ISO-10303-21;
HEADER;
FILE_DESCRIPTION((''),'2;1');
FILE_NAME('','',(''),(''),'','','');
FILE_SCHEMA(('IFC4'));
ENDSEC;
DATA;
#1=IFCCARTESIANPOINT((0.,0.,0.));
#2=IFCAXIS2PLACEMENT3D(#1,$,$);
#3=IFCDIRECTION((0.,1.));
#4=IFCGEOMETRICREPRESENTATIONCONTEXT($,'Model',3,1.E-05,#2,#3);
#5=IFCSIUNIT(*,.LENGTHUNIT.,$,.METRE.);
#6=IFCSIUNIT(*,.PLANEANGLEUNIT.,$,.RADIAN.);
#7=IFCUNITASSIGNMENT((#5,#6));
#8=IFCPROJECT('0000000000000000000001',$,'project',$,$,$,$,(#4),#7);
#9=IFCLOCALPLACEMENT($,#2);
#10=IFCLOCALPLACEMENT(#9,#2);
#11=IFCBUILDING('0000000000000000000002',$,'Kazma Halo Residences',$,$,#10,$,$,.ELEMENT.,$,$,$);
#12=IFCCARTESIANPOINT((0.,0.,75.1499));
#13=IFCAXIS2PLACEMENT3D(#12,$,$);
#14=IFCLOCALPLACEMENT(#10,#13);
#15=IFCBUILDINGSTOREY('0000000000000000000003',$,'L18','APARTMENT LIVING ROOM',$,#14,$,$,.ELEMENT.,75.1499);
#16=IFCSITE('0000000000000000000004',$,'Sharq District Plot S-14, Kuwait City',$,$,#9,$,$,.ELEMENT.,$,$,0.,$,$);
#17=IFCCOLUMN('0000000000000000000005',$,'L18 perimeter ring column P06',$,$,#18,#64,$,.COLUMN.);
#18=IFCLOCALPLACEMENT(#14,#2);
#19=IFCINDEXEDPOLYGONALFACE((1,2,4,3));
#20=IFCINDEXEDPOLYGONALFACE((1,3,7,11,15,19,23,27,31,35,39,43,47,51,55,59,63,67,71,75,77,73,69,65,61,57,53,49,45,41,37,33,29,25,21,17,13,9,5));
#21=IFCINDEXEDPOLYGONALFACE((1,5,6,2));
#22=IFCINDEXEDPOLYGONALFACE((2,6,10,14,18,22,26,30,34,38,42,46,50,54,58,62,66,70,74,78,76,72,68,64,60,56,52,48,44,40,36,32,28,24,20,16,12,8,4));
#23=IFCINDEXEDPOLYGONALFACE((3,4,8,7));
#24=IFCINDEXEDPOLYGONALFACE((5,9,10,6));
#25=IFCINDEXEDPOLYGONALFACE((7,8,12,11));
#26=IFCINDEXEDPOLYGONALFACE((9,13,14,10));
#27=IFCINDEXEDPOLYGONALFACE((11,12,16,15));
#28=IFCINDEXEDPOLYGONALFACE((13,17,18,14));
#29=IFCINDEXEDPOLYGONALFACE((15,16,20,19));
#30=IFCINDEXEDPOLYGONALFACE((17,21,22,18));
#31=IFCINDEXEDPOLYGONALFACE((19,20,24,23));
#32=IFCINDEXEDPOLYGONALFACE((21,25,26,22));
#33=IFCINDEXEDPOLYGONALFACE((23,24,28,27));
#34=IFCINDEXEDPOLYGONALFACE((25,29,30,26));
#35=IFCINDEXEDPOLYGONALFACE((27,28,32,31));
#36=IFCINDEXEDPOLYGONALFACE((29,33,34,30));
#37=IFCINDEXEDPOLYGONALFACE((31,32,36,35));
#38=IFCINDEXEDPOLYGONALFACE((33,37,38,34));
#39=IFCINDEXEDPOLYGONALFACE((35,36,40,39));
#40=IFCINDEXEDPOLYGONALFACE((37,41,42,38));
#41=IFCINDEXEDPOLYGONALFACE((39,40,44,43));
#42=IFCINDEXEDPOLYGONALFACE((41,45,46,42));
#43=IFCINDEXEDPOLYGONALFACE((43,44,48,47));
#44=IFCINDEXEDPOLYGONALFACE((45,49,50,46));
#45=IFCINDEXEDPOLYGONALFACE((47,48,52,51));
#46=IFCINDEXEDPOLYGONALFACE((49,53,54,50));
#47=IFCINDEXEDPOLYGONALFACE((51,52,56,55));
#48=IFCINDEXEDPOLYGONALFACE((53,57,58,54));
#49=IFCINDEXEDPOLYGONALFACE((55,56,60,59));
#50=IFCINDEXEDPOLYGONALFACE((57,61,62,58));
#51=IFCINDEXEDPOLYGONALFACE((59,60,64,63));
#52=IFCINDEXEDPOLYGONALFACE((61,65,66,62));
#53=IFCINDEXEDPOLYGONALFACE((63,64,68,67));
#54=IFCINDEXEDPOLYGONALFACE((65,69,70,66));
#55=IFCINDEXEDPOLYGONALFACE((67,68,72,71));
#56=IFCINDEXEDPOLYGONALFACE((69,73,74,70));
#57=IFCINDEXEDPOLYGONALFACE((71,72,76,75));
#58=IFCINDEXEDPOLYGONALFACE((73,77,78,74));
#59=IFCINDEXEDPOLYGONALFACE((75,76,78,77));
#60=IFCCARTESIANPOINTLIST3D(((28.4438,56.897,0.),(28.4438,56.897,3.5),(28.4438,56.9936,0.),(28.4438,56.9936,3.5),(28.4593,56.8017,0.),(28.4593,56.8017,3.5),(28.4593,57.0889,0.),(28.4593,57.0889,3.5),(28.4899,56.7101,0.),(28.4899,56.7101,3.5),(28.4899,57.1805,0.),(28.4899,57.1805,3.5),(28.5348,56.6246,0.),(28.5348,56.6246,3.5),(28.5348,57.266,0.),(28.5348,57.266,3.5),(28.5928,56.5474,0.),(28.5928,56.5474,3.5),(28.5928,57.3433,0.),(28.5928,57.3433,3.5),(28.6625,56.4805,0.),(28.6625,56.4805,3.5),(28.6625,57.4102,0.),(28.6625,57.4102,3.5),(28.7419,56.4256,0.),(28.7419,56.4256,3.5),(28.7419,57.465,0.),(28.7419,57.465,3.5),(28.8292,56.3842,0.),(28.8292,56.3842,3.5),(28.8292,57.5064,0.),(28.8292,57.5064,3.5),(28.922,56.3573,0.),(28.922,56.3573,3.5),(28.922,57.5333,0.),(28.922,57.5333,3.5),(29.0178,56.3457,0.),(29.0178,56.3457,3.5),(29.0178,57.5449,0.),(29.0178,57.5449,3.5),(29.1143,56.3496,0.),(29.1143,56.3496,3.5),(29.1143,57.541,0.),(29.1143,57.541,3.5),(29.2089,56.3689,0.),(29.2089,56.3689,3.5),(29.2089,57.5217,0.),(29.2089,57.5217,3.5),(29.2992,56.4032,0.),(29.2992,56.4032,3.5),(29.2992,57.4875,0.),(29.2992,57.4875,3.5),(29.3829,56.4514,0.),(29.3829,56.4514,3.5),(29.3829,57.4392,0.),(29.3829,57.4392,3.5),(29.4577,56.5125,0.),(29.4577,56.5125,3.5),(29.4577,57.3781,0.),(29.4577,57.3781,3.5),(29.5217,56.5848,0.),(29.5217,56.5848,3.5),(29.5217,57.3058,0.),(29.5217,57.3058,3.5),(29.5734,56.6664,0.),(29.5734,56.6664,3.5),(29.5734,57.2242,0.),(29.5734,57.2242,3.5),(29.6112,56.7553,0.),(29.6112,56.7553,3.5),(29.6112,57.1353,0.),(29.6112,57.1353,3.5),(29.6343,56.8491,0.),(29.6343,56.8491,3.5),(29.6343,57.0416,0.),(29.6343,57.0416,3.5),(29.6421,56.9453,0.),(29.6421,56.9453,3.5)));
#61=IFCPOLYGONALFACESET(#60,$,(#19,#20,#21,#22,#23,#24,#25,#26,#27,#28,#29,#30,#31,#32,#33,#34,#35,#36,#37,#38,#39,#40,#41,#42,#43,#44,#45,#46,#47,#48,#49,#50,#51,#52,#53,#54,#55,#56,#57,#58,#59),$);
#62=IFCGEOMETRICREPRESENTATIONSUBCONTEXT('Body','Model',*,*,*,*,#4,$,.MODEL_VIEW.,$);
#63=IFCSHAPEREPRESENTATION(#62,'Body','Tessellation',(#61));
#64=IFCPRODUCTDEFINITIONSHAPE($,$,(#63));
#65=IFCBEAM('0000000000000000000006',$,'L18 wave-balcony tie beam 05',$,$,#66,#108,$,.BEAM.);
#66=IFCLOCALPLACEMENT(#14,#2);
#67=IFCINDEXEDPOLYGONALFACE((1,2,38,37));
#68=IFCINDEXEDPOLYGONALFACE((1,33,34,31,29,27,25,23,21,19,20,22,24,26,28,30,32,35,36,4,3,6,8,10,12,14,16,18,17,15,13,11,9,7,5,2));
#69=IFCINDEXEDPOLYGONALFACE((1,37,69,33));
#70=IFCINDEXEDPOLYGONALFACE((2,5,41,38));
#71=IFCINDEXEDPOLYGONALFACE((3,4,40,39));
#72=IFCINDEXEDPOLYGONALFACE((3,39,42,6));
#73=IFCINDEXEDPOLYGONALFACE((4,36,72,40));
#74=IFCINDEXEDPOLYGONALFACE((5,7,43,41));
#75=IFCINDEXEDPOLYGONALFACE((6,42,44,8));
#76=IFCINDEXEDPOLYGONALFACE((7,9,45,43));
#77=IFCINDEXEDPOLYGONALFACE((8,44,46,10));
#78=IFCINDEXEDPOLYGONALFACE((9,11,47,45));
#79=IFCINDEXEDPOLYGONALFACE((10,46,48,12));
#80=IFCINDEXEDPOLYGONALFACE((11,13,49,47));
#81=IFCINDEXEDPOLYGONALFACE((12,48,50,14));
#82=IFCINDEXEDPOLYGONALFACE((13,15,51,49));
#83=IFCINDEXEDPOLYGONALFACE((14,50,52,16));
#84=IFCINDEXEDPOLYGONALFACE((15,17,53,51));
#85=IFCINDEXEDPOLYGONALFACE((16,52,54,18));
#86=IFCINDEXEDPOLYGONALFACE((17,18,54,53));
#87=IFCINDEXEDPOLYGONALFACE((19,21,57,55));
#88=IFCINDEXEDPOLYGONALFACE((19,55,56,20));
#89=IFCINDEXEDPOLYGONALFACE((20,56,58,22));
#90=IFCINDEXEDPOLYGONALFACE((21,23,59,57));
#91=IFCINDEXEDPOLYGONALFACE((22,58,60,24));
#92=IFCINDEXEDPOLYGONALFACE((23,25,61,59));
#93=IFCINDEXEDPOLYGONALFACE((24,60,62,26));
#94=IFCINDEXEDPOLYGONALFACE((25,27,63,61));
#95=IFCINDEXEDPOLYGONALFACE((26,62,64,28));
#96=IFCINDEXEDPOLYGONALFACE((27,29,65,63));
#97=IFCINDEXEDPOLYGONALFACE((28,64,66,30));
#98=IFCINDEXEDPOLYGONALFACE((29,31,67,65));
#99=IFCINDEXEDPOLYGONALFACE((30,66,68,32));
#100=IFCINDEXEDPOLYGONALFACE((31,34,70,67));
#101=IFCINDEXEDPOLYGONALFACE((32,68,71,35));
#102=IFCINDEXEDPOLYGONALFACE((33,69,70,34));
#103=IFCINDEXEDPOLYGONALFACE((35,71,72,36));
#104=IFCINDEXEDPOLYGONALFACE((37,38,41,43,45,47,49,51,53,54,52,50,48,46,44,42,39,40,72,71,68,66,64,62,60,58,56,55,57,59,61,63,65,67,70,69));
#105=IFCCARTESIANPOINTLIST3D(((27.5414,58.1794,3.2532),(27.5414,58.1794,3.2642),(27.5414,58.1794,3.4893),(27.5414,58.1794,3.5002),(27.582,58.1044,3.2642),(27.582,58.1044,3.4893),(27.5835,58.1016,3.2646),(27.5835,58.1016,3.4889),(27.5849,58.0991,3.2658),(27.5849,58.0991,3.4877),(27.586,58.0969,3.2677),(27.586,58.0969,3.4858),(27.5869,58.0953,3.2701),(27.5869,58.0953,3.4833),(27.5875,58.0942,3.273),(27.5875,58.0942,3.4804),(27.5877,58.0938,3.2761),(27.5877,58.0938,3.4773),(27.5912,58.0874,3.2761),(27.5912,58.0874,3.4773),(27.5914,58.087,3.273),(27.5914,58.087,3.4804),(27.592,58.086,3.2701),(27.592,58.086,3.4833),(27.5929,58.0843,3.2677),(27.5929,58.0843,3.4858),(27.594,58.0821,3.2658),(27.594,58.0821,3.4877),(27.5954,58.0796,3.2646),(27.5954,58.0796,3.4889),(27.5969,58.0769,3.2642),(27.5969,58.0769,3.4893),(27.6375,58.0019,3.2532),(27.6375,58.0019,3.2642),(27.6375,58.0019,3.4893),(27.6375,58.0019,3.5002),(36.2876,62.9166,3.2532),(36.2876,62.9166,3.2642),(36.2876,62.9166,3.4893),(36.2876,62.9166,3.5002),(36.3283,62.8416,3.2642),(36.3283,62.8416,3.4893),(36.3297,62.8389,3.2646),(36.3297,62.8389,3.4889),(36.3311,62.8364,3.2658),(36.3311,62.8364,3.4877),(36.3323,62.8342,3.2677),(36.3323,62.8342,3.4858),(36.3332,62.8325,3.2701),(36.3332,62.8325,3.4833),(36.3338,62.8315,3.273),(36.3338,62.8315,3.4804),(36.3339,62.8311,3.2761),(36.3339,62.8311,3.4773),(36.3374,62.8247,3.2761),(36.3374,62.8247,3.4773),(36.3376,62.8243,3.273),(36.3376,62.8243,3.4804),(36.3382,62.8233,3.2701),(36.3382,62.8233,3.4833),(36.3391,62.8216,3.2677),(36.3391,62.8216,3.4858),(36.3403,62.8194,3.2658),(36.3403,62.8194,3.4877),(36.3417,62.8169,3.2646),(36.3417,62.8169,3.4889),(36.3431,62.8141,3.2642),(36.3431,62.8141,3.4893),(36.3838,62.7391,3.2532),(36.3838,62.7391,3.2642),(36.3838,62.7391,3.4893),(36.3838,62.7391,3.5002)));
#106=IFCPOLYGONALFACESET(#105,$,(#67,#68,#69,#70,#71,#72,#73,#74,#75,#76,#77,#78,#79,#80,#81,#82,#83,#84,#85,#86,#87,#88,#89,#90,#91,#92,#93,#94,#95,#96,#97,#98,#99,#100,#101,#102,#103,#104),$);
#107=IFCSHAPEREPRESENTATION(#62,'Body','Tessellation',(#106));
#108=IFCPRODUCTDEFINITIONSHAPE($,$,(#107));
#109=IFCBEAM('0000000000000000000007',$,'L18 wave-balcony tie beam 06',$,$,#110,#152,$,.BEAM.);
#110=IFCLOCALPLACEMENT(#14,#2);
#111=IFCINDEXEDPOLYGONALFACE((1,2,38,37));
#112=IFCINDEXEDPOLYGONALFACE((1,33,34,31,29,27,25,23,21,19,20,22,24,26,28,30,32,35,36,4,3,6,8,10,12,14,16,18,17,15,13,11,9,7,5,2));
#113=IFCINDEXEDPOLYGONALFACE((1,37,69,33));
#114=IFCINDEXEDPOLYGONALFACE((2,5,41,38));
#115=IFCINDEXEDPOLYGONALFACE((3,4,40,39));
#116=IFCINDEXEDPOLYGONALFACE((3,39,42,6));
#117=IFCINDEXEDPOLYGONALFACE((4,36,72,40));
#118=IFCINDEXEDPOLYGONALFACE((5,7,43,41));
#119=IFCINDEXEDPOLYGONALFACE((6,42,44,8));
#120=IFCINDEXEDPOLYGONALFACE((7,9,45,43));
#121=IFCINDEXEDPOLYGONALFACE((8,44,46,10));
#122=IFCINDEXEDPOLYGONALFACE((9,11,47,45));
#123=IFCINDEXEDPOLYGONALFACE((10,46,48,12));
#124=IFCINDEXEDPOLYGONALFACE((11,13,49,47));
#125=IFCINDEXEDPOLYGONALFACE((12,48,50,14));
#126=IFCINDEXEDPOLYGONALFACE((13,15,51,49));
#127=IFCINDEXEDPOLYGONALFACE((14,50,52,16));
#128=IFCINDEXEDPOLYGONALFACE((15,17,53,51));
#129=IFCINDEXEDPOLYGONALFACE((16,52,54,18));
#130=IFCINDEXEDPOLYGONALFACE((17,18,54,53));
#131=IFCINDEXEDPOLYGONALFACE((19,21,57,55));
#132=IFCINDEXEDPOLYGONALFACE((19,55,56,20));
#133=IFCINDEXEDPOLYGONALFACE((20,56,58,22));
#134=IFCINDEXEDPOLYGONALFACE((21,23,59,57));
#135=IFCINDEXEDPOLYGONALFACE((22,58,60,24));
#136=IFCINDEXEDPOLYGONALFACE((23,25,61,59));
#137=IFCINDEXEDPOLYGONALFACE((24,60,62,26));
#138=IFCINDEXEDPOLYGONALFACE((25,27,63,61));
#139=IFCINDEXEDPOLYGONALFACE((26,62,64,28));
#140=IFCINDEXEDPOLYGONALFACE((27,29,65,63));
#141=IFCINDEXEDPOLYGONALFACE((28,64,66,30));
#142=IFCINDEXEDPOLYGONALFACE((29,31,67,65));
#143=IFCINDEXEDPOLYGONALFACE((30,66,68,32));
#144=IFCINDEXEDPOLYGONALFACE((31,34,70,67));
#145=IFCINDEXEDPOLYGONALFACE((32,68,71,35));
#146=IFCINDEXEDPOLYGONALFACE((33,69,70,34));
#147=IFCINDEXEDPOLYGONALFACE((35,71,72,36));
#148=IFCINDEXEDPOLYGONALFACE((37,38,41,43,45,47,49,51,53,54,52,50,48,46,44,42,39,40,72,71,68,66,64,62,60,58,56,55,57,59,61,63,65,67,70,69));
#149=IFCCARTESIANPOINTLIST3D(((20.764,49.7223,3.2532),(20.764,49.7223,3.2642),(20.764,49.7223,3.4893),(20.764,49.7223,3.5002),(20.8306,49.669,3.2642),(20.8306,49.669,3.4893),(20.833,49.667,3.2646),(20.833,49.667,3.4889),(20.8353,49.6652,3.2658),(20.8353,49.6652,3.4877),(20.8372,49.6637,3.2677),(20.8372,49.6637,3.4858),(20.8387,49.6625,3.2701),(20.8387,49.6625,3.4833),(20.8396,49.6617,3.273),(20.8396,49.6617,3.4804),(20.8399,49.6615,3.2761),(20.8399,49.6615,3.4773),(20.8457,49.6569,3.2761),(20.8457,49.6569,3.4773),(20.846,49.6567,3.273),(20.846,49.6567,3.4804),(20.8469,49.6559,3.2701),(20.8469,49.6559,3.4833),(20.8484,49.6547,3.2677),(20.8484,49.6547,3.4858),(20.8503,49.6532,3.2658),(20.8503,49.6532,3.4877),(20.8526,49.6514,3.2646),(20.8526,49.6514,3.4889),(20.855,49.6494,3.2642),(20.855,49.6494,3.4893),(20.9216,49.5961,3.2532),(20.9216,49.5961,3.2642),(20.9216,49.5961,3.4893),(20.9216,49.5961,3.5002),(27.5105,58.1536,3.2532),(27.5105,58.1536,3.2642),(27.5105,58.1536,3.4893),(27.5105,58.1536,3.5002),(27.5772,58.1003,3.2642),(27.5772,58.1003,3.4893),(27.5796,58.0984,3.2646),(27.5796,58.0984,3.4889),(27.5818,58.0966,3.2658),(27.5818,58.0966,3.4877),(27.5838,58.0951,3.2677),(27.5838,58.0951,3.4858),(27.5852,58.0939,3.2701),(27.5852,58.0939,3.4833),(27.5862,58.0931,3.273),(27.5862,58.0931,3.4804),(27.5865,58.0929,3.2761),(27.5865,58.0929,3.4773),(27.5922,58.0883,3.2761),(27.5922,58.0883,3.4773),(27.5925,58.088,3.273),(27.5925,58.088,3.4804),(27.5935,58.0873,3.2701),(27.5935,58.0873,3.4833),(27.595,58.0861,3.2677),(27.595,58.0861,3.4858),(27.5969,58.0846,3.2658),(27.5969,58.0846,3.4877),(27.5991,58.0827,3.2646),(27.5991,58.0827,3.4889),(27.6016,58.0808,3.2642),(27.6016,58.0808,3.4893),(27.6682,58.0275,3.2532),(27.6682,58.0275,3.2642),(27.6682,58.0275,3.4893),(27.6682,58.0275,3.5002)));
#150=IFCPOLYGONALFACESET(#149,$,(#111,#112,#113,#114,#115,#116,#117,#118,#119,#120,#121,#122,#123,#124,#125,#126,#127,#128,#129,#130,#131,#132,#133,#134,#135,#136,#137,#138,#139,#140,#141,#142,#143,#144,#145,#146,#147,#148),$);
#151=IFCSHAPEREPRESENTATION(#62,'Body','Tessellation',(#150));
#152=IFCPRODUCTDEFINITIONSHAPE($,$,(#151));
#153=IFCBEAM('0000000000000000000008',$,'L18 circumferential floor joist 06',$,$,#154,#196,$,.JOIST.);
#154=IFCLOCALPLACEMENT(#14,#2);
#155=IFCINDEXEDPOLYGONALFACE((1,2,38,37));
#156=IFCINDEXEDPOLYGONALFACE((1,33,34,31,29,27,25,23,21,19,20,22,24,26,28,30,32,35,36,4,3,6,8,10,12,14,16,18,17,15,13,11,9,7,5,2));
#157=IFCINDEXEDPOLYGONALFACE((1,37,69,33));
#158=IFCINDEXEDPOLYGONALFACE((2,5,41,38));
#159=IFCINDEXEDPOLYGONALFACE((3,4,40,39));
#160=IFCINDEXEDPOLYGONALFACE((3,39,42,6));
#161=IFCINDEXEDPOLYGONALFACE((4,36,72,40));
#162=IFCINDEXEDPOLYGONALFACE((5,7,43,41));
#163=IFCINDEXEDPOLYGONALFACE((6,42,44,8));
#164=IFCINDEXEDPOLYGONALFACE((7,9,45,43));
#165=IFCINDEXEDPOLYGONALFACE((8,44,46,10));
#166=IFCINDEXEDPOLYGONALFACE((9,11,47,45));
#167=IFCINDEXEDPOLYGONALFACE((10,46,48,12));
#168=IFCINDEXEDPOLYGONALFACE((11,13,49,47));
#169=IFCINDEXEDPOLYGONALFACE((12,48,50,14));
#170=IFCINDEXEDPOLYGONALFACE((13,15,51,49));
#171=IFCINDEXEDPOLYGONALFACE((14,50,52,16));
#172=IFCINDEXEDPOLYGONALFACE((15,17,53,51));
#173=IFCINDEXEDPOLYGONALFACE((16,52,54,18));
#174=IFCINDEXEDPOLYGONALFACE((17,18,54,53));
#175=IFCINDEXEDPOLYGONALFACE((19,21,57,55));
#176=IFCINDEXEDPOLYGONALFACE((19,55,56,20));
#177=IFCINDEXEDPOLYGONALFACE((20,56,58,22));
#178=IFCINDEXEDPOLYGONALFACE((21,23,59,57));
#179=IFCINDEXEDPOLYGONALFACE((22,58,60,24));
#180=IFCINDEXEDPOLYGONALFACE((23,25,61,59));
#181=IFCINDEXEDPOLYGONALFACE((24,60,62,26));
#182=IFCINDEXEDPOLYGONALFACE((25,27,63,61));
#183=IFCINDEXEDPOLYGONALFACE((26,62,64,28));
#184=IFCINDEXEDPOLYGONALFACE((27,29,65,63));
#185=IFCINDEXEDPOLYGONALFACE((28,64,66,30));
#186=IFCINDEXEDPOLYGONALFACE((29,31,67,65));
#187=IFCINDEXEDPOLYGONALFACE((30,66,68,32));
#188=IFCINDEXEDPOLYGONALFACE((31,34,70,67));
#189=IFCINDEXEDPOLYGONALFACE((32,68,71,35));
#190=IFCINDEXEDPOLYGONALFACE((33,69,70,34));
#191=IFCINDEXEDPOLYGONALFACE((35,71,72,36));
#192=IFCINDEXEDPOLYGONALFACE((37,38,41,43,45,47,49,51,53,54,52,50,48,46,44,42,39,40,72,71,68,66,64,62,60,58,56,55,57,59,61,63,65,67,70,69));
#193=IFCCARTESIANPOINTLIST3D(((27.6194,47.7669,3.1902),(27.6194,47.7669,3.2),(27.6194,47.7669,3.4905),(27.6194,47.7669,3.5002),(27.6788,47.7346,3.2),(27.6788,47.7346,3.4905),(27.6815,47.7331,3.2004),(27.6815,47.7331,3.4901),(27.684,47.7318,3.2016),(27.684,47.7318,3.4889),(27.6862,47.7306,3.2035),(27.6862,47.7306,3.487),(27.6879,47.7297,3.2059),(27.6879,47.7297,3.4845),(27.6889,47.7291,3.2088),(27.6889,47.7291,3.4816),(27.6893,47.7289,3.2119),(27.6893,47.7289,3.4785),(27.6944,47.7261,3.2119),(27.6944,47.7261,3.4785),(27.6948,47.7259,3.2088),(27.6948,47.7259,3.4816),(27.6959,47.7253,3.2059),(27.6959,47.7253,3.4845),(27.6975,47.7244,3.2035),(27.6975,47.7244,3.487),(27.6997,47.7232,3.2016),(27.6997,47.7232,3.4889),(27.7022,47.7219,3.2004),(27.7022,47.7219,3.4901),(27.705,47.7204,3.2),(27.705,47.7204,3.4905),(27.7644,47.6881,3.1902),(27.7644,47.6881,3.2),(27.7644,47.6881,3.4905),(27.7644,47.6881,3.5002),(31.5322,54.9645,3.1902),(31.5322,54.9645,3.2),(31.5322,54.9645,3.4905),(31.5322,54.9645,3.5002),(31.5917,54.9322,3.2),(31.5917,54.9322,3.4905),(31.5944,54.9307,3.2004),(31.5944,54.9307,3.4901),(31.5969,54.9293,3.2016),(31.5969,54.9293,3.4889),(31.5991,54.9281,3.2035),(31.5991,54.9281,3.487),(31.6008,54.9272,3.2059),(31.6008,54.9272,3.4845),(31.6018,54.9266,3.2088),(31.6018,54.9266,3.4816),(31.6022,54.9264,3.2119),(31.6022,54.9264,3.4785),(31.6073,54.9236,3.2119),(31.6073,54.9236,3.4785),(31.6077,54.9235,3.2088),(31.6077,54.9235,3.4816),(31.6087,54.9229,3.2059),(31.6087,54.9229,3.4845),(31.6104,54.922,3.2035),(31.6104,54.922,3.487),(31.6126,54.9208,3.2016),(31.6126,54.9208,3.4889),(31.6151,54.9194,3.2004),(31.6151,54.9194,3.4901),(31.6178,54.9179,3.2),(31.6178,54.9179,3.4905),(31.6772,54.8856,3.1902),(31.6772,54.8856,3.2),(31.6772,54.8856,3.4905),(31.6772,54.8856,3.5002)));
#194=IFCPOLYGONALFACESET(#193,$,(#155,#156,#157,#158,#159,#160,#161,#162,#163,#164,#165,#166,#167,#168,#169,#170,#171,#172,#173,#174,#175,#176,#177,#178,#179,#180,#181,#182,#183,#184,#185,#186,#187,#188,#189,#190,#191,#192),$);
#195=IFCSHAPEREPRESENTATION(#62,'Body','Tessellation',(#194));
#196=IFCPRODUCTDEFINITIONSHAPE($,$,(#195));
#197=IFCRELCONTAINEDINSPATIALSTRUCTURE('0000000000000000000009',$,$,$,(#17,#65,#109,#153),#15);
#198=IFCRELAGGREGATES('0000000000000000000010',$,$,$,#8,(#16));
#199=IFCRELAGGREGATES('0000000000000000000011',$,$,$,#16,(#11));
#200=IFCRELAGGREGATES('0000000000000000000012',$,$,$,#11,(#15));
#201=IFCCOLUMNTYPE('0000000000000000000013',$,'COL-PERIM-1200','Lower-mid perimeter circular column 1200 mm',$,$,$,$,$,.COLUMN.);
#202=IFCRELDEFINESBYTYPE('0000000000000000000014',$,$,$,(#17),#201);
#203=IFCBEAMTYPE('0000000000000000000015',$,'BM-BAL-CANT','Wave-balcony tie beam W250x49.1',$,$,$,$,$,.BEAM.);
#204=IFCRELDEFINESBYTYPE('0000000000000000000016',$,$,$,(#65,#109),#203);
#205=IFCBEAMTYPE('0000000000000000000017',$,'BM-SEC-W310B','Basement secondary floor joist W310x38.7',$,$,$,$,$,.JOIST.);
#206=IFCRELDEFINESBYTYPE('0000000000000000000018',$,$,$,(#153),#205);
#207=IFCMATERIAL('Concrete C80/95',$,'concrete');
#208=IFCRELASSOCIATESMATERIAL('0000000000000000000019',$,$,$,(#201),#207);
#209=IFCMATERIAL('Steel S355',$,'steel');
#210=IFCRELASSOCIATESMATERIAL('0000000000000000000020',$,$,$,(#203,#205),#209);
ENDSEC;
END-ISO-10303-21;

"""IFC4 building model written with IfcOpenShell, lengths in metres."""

from ifc_helpers import new_model, si_unit, direction, frame, origin, origin_2d, place, context, subcontext, project, spatial, circle, i_section, extrude, material, material_profile, profile_set, type_object, element, save


model = new_model("IFC4")

# Units and contexts
model_context = context("Model", 3, precision=1e-05, world=origin(), true_north=direction((0.0, 1.0)))
body_context = subcontext(model_context, "Body", "Model", "MODEL_VIEW")
ifc_project = project(units=[si_unit("LENGTHUNIT", "METRE"), si_unit("PLANEANGLEUNIT", "RADIAN")], contexts=[model_context])

# Site, building, storey
site_placement = place(None, origin())
site = spatial("IfcSite", under=ifc_project, at=site_placement, Name="Sharq District Plot S-14, Kuwait City", CompositionType="ELEMENT", RefElevation=0.0)
building_placement = place(site_placement, origin())
building = spatial("IfcBuilding", under=site, at=building_placement, Name="Kazma Halo Residences", CompositionType="ELEMENT")
storey_placement = place(building_placement, frame((0.0, 0.0, 75.1499)))
storey = spatial("IfcBuildingStorey", under=building, at=storey_placement, Name="L18", Description="APARTMENT LIVING ROOM", CompositionType="ELEMENT", Elevation=75.1499)

# Column
ifc_material_1 = material(Name="Concrete C80/95", Category="concrete")
ifc_material_profile_1 = material_profile(ifc_material_1, circle(Radius=0.6001, at=origin_2d()), Name="CIRC1200")
ifc_profile_set_1 = profile_set([ifc_material_profile_1], Name="Concrete C80/95")
column_type = type_object("IfcColumnType", Name="COL-PERIM-1200", Description="Lower-mid perimeter circular column 1200 mm", PredefinedType="COLUMN", material=ifc_profile_set_1)
column_placement = place(storey_placement, frame((29.042, 56.9453, 0.0), z_axis=(0.0, 0.0, 1.0), x_axis=(1.0, 0.0, 0.0)))
element("IfcColumn", 1, at=column_placement, inside=storey, type_object=column_type, Name="L18 perimeter ring column P06", PredefinedType="COLUMN", context=body_context, shape_type="SweptSolid", body=[
    extrude(circle(Radius=0.6001, at=origin_2d()), origin(), (0.0, 0.0, 1.0), 3.5),
])

# Beams
ifc_material_2 = material(Name="Steel S355", Category="steel")
ifc_material_profile_2 = material_profile(ifc_material_2, i_section(OverallWidth=0.2019, OverallDepth=0.2471, WebThickness=0.0073, FlangeThickness=0.011, FilletRadius=0.012, at=origin_2d()), Name="W250x49.1")
ifc_profile_set_2 = profile_set([ifc_material_profile_2], Name="Steel S355")
beam_type_1 = type_object("IfcBeamType", Name="BM-BAL-CANT", Description="Wave-balcony tie beam W250x49.1", PredefinedType="BEAM", material=ifc_profile_set_2)
beam_1_placement = place(storey_placement, frame((36.3357, 62.8279, 3.3767), z_axis=(-0.879304, -0.47626, 0.0), x_axis=(0.47626, -0.879304, 0.0)))
element("IfcBeam", 2, at=beam_1_placement, inside=storey, type_object=beam_type_1, Name="L18 wave-balcony tie beam 05", PredefinedType="BEAM", context=body_context, shape_type="SweptSolid", body=[
    extrude(i_section(OverallWidth=0.2019, OverallDepth=0.2471, WebThickness=0.0073, FlangeThickness=0.011, FilletRadius=0.012, at=origin_2d()), origin(), (0.0, 0.0, 1.0), 9.9468),
])
beam_2_placement = place(storey_placement, frame((27.5894, 58.0906, 3.3767), z_axis=(-0.624778, -0.780803, 0.0), x_axis=(0.780803, -0.624778, 0.0)))
element("IfcBeam", 3, at=beam_2_placement, inside=storey, type_object=beam_type_1, Name="L18 wave-balcony tie beam 06", PredefinedType="BEAM", context=body_context, shape_type="SweptSolid", body=[
    extrude(i_section(OverallWidth=0.2019, OverallDepth=0.2471, WebThickness=0.0073, FlangeThickness=0.011, FilletRadius=0.012, at=origin_2d()), origin(), (0.0, 0.0, 1.0), 10.7983),
])
ifc_material_profile_3 = material_profile(ifc_material_2, i_section(OverallWidth=0.165, OverallDepth=0.3101, WebThickness=0.0059, FlangeThickness=0.0098, FilletRadius=0.012, at=origin_2d()), Name="W310x38.7")
ifc_profile_set_3 = profile_set([ifc_material_profile_3], Name="Steel S355")
beam_type_2 = type_object("IfcBeamType", Name="BM-SEC-W310B", Description="Basement secondary floor joist W310x38.7", PredefinedType="JOIST", material=ifc_profile_set_3)
beam_3_placement = place(storey_placement, frame((31.6047, 54.925, 3.3452), z_axis=(-0.477622, -0.878566, 0.0), x_axis=(0.878566, -0.477622, 0.0)))
element("IfcBeam", 4, at=beam_3_placement, inside=storey, type_object=beam_type_2, Name="L18 circumferential floor joist 06", PredefinedType="JOIST", context=body_context, shape_type="SweptSolid", body=[
    extrude(i_section(OverallWidth=0.165, OverallDepth=0.3101, WebThickness=0.0059, FlangeThickness=0.0098, FilletRadius=0.012, at=origin_2d()), origin(), (0.0, 0.0, 1.0), 8.1924),
])

save(model, "model.ifc")
